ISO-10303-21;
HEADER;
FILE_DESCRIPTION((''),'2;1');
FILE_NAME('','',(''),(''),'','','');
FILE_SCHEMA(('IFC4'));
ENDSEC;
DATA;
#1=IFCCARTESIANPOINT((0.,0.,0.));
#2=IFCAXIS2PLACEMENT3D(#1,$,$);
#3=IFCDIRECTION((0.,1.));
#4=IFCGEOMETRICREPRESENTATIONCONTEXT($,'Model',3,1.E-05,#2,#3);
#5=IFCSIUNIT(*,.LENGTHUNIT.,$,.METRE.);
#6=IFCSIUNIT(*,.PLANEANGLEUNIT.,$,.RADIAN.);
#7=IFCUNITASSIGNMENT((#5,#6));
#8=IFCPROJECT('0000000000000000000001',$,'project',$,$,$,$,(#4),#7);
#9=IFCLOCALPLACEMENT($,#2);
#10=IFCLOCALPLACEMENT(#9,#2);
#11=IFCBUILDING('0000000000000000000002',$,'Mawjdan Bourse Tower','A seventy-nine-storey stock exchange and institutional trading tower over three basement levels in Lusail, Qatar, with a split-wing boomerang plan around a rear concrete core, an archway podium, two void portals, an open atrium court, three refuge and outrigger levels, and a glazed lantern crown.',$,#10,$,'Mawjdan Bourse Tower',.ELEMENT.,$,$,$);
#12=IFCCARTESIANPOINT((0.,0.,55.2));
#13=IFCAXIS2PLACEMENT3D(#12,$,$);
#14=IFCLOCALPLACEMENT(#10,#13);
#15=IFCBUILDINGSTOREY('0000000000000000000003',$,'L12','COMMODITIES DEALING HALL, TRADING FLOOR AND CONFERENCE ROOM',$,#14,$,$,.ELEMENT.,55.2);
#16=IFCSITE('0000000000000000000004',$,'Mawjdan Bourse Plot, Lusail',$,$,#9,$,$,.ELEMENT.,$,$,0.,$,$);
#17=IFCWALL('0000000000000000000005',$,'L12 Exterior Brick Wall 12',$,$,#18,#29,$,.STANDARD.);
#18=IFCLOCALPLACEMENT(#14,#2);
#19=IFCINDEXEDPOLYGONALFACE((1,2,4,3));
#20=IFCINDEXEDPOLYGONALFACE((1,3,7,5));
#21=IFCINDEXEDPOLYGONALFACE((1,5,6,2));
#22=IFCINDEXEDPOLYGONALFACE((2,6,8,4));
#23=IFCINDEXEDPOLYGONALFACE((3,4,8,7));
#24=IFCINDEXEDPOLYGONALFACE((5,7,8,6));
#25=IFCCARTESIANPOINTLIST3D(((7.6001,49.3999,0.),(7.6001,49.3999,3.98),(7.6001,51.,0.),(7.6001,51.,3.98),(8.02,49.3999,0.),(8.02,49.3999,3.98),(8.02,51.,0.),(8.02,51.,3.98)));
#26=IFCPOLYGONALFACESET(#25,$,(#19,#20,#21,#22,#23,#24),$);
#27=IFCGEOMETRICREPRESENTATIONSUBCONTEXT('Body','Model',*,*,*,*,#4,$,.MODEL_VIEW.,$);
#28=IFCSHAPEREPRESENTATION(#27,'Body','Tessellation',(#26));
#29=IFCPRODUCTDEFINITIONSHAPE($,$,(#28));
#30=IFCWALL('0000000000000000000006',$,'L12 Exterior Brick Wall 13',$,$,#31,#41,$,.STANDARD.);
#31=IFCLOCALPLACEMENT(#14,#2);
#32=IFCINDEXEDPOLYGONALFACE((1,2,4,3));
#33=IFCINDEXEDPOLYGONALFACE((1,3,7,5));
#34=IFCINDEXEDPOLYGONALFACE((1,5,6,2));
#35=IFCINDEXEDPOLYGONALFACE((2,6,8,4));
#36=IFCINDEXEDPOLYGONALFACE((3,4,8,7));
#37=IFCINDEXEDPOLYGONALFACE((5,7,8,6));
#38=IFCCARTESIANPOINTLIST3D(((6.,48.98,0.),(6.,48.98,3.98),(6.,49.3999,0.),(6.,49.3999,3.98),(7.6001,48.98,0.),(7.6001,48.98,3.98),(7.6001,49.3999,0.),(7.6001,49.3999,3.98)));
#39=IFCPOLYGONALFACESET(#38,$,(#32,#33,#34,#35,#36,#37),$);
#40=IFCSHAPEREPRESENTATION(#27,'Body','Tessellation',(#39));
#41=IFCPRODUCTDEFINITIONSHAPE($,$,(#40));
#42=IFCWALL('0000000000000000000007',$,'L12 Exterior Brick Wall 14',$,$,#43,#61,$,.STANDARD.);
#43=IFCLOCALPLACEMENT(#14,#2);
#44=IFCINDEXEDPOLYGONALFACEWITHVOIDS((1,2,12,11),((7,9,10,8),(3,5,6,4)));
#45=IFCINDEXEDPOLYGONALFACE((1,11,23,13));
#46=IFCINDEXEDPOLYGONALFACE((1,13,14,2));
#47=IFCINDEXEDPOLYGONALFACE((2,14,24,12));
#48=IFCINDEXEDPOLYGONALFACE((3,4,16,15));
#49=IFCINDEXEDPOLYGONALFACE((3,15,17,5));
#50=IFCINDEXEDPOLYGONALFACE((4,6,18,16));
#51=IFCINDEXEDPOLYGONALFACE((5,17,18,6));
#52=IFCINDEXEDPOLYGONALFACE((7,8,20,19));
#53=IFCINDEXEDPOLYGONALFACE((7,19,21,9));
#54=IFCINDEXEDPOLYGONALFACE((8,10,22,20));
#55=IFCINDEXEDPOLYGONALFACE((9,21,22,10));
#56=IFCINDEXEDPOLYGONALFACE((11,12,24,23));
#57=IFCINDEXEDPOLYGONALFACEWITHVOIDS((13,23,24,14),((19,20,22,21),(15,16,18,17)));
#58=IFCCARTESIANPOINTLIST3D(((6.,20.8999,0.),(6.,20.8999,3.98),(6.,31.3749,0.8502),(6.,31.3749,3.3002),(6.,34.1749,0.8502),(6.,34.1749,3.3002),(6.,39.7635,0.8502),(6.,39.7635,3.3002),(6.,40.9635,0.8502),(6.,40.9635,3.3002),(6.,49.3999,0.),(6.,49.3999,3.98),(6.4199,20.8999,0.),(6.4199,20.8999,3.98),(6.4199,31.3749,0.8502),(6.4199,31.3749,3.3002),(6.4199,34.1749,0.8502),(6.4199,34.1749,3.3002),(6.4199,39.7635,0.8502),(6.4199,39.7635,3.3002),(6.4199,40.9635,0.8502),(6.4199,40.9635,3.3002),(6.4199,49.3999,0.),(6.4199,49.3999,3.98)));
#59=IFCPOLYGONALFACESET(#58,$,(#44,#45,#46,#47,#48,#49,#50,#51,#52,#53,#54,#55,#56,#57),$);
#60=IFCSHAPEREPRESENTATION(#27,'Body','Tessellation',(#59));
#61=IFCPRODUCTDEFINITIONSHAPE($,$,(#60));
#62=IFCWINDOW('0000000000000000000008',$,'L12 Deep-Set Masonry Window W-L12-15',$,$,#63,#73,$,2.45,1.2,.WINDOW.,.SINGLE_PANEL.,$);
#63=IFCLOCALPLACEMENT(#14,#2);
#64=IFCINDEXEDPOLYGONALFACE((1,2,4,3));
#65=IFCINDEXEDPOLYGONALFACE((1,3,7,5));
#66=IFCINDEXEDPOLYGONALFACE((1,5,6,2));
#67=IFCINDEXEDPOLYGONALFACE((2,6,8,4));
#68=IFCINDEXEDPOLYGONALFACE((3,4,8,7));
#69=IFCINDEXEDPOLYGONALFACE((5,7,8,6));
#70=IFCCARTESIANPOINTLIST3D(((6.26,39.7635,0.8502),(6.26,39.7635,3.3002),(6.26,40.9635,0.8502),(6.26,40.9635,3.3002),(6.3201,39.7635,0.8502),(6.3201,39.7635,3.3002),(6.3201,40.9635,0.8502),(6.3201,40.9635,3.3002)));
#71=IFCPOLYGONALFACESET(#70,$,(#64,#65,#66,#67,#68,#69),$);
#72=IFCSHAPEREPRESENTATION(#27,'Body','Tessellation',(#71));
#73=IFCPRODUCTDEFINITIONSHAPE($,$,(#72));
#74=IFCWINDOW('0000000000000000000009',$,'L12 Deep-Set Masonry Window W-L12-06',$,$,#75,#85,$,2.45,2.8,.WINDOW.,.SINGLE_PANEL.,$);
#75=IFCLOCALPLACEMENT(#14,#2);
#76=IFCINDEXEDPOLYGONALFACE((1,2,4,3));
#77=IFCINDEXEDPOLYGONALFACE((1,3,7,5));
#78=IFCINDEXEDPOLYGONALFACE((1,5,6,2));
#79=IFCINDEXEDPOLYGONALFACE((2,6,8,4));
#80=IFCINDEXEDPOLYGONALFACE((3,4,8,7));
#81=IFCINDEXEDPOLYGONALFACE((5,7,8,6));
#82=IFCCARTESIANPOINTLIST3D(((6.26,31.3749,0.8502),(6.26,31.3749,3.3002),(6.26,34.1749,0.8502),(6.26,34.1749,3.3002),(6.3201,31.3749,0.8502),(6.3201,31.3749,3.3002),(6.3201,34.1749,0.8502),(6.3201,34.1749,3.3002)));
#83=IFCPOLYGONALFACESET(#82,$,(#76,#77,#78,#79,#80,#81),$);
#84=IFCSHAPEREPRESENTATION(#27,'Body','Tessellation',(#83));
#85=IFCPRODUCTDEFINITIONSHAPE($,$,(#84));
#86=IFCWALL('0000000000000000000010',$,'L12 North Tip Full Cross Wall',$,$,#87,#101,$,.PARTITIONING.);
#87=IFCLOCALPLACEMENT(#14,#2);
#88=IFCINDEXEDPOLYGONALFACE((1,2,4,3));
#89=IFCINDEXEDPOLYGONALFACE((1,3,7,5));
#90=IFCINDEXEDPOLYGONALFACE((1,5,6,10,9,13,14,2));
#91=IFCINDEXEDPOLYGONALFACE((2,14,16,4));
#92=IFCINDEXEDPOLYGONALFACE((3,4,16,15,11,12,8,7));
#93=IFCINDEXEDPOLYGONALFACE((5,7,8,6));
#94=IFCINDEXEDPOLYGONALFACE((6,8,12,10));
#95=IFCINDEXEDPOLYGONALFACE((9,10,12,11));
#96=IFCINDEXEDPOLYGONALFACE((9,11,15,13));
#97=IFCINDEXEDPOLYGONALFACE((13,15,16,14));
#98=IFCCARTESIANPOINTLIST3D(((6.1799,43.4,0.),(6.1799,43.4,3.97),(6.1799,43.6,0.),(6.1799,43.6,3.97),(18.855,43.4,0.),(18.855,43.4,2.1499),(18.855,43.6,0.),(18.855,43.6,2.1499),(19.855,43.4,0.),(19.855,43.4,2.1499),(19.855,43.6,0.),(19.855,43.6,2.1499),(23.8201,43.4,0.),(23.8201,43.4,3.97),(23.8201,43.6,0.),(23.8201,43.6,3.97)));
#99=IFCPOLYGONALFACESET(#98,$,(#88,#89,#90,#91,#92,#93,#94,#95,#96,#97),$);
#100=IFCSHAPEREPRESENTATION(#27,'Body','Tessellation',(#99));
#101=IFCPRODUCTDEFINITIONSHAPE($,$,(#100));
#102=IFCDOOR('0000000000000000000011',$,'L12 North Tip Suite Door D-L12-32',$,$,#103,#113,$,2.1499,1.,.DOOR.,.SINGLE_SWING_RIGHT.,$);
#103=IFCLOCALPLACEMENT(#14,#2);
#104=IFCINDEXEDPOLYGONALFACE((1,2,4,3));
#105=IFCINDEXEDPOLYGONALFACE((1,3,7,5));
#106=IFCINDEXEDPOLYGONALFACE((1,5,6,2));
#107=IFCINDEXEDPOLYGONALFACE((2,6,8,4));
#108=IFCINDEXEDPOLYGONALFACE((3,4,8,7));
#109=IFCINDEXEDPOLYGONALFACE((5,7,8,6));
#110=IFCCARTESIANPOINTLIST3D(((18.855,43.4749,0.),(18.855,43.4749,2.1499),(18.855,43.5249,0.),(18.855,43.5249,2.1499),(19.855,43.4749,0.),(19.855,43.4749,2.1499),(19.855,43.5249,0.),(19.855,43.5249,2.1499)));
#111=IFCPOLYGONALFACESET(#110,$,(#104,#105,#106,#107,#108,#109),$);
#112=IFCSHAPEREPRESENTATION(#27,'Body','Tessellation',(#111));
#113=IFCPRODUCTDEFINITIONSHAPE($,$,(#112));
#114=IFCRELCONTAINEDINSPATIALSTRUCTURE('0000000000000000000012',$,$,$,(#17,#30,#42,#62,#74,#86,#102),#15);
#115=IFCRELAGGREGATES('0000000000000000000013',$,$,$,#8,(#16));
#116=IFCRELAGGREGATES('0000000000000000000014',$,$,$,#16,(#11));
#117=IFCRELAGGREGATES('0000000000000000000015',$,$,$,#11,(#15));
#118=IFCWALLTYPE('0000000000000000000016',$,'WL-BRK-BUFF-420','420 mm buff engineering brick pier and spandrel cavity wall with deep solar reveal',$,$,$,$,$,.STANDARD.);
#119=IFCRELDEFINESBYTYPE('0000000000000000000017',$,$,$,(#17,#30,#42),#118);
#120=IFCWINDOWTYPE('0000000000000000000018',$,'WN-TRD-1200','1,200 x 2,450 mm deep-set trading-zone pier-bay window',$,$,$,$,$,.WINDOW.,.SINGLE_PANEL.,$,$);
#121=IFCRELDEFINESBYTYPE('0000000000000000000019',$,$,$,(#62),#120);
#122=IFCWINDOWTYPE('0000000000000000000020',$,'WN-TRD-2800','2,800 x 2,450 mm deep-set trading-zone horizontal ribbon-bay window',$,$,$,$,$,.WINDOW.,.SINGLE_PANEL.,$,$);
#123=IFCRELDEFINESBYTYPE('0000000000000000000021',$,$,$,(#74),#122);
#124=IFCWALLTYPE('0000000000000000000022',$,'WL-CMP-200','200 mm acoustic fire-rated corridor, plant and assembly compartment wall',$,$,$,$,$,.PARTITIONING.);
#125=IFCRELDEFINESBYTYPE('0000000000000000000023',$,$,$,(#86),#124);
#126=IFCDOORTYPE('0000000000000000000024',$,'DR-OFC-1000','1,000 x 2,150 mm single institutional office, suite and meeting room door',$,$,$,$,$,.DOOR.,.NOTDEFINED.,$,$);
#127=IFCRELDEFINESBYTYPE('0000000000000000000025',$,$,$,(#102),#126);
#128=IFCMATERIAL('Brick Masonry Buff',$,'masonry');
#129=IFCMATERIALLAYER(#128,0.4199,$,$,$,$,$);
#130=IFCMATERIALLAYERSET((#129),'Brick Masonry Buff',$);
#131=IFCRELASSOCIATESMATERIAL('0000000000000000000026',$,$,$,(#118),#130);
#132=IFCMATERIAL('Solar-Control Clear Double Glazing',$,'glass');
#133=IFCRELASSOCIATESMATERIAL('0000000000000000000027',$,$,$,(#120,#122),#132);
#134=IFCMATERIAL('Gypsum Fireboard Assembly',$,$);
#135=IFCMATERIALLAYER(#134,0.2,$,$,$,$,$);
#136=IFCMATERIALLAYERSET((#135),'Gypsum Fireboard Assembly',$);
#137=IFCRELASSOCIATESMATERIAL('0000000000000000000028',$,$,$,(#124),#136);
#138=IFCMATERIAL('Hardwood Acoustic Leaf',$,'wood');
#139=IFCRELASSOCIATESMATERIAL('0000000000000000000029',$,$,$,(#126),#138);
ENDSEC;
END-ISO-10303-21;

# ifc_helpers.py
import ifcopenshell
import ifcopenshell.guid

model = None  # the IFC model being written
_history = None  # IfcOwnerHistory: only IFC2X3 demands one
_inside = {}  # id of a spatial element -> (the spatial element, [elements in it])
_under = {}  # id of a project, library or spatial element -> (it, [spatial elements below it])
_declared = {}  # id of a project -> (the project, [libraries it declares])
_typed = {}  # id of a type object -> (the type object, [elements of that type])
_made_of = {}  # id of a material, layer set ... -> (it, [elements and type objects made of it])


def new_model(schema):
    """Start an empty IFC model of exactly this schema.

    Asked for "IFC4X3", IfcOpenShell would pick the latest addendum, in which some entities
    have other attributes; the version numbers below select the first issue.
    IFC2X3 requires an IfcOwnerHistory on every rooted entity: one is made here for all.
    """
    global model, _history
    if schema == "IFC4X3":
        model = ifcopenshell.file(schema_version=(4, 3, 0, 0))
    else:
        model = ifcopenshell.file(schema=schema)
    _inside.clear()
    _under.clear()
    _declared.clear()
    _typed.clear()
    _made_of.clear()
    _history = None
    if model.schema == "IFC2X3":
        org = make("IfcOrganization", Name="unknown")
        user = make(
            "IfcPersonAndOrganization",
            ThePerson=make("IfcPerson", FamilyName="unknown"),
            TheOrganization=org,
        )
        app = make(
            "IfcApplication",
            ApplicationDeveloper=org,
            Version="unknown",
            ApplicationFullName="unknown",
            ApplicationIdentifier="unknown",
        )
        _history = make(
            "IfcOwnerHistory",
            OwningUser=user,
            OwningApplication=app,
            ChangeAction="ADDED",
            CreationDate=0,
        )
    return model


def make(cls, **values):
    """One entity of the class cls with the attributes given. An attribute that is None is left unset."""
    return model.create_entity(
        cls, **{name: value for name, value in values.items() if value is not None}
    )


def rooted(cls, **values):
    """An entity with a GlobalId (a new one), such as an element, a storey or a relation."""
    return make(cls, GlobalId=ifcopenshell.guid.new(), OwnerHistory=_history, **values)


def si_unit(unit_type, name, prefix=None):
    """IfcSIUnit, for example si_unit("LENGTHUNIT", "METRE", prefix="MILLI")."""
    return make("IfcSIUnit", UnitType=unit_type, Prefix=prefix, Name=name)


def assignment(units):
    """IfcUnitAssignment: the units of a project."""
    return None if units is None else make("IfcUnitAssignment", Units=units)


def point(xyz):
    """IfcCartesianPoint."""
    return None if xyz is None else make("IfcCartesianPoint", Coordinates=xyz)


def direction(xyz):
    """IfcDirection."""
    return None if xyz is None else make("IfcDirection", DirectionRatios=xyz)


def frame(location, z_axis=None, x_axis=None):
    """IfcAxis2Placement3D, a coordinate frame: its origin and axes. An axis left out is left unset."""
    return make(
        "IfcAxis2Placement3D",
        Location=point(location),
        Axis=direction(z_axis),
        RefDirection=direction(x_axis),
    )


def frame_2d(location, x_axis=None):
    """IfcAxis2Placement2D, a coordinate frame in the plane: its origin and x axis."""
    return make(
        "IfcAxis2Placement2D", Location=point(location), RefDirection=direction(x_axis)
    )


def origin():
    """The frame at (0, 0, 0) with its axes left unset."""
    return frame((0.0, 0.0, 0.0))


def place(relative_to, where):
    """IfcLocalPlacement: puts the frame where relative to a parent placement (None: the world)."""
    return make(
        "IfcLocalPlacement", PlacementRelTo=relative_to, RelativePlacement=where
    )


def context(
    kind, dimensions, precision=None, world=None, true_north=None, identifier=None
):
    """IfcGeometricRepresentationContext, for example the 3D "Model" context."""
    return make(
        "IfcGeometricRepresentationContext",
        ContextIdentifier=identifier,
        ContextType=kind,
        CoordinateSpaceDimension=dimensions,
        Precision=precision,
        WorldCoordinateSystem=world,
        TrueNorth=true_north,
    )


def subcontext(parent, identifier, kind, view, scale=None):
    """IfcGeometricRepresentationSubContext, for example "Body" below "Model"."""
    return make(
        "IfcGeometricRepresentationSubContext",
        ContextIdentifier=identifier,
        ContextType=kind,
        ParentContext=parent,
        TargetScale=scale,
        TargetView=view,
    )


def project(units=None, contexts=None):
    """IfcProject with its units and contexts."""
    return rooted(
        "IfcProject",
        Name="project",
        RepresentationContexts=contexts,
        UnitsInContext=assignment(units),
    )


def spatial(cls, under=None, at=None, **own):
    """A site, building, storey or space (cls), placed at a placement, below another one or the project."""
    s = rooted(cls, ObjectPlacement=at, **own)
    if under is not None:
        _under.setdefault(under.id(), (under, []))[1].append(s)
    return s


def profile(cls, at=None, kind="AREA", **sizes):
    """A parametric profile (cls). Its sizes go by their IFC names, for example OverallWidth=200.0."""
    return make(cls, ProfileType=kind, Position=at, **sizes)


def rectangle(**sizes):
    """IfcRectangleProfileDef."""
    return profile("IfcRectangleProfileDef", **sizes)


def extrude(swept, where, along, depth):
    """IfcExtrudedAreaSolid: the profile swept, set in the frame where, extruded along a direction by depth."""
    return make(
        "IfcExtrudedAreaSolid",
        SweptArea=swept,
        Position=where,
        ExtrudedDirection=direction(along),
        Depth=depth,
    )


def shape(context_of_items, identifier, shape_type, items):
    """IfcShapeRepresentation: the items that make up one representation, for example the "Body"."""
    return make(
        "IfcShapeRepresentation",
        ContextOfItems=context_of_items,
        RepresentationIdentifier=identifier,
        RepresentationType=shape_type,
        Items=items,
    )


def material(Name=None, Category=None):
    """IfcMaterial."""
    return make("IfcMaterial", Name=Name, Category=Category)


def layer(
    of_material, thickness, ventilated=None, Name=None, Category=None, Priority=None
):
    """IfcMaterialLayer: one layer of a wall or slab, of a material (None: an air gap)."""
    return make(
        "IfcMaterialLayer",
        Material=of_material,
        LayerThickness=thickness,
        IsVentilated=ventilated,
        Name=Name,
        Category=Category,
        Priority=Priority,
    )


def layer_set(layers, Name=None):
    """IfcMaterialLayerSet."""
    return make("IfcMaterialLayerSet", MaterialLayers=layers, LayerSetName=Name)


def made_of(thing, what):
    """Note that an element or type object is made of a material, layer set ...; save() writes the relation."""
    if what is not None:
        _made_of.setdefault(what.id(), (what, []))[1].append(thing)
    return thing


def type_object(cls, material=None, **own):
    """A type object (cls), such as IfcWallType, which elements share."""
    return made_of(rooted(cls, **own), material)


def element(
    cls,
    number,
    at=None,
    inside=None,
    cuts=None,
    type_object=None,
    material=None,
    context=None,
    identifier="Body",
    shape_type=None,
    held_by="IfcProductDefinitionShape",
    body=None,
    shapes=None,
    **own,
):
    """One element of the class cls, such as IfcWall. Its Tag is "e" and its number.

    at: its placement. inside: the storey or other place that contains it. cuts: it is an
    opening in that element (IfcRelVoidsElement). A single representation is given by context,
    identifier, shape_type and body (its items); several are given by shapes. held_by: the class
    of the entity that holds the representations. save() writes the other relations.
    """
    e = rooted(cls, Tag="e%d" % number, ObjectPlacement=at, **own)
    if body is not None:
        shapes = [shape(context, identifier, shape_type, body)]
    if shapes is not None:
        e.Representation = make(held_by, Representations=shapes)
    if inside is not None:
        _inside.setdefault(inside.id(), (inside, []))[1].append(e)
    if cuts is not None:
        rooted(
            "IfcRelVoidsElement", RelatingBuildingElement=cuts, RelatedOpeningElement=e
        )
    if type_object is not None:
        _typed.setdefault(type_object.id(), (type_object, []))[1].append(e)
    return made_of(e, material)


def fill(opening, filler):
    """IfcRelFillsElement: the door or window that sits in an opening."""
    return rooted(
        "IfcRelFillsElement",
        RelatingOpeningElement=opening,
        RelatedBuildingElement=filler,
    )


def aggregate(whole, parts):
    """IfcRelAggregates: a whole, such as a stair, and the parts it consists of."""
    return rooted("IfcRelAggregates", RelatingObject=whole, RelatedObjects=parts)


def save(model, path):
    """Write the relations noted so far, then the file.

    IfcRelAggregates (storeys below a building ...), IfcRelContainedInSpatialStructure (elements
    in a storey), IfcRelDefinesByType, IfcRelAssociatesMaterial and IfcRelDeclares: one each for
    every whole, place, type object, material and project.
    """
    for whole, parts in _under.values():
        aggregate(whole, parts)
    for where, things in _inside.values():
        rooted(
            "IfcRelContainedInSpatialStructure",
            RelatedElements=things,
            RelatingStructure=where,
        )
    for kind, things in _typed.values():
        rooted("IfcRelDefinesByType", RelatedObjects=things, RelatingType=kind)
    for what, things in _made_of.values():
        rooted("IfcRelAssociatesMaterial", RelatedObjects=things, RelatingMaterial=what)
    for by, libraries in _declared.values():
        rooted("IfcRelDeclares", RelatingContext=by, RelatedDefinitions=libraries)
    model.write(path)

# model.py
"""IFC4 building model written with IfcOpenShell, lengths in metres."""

from ifc_helpers import new_model, si_unit, direction, frame, frame_2d, origin, place, context, subcontext, project, spatial, rectangle, extrude, material, layer, layer_set, type_object, element, fill, save


model = new_model("IFC4")

# Units and contexts
model_context = context("Model", 3, precision=1e-05, world=origin(), true_north=direction((0.0, 1.0)))
body_context = subcontext(model_context, "Body", "Model", "MODEL_VIEW")
ifc_project = project(units=[si_unit("LENGTHUNIT", "METRE"), si_unit("PLANEANGLEUNIT", "RADIAN")], contexts=[model_context])

# Site, building, storey
site_placement = place(None, origin())
site = spatial("IfcSite", under=ifc_project, at=site_placement, Name="Mawjdan Bourse Plot, Lusail", CompositionType="ELEMENT", RefElevation=0.0)
building_placement = place(site_placement, origin())
building = spatial("IfcBuilding", under=site, at=building_placement, Name="Mawjdan Bourse Tower", Description="A seventy-nine-storey stock exchange and institutional trading tower over three basement levels in Lusail, Qatar, with a split-wing boomerang plan around a rear concrete core, an archway podium, two void portals, an open atrium court, three refuge and outrigger levels, and a glazed lantern crown.", LongName="Mawjdan Bourse Tower", CompositionType="ELEMENT")
storey_placement = place(building_placement, frame((0.0, 0.0, 55.2)))
storey = spatial("IfcBuildingStorey", under=building, at=storey_placement, Name="L12", Description="COMMODITIES DEALING HALL, TRADING FLOOR AND CONFERENCE ROOM", CompositionType="ELEMENT", Elevation=55.2)

# Walls
ifc_material_1 = material(Name="Brick Masonry Buff", Category="masonry")
ifc_layer_1 = layer(ifc_material_1, 0.4199)
ifc_layer_set_1 = layer_set([ifc_layer_1], Name="Brick Masonry Buff")
wall_type_1 = type_object("IfcWallType", Name="WL-BRK-BUFF-420", Description="420 mm buff engineering brick pier and spandrel cavity wall with deep solar reveal", PredefinedType="STANDARD", material=ifc_layer_set_1)
for number, where, z_axis, x_axis, name in (
    (1, (7.8101, 51.0, 0.0), (0.0, 0.0, 1.0), (0.0, -1.0, 0.0), "L12 Exterior Brick Wall 12"),
    (2, (7.6001, 49.1899, 0.0), (0.0, 0.0, 1.0), (-1.0, 0.0, 0.0), "L12 Exterior Brick Wall 13"),
):
    element("IfcWall", number, at=place(storey_placement, frame(where, z_axis=z_axis, x_axis=x_axis)), inside=storey, type_object=wall_type_1, Name=name, PredefinedType="STANDARD", context=body_context, shape_type="SweptSolid", body=[
        extrude(rectangle(XDim=1.6001, YDim=0.4199, at=frame_2d((0.8, 0.0))), origin(), (0.0, 0.0, 1.0), 3.98),
    ])

# Wall, openings, windows
wall_1_placement = place(storey_placement, frame((6.21, 49.3999, 0.0), z_axis=(0.0, 0.0, 1.0), x_axis=(0.0, -1.0, 0.0)))
wall_1 = element("IfcWall", 3, at=wall_1_placement, inside=storey, type_object=wall_type_1, Name="L12 Exterior Brick Wall 14", PredefinedType="STANDARD", context=body_context, shape_type="SweptSolid", body=[
    extrude(rectangle(XDim=28.5, YDim=0.4199, at=frame_2d((14.25, 0.0))), origin(), (0.0, 0.0, 1.0), 3.98),
])
opening_1_placement = place(wall_1_placement, frame((15.2251, 0.0, 0.8501)))
opening_1 = element("IfcOpeningElement", 4, at=opening_1_placement, cuts=wall_1, PredefinedType="OPENING", context=body_context, shape_type="SweptSolid", body=[
    extrude(rectangle(XDim=2.8, YDim=2.45, at=frame_2d((1.3999, 1.2251))), frame((0.0, 0.22, 0.0), z_axis=(0.0, -1.0, 0.0), x_axis=(1.0, 0.0, 0.0)), (0.0, 0.0, 1.0), 0.4399),
])
opening_2_placement = place(wall_1_placement, frame((8.4363, 0.0, 0.8501)))
opening_2 = element("IfcOpeningElement", 5, at=opening_2_placement, cuts=wall_1, PredefinedType="OPENING", context=body_context, shape_type="SweptSolid", body=[
    extrude(rectangle(XDim=1.2, YDim=2.45, at=frame_2d((0.6001, 1.2251))), frame((0.0, 0.22, 0.0), z_axis=(0.0, -1.0, 0.0), x_axis=(1.0, 0.0, 0.0)), (0.0, 0.0, 1.0), 0.4399),
])
ifc_material_2 = material(Name="Solar-Control Clear Double Glazing", Category="glass")
window_type_1 = type_object("IfcWindowType", Name="WN-TRD-1200", Description="1,200 x 2,450 mm deep-set trading-zone pier-bay window", PartitioningType="SINGLE_PANEL", PredefinedType="WINDOW", material=ifc_material_2)
window_1_placement = place(opening_2_placement, origin())
window_1 = element("IfcWindow", 6, at=window_1_placement, inside=storey, type_object=window_type_1, Name="L12 Deep-Set Masonry Window W-L12-15", OverallHeight=2.45, OverallWidth=1.2, PartitioningType="SINGLE_PANEL", PredefinedType="WINDOW", context=body_context, shape_type="SweptSolid", body=[
    extrude(rectangle(XDim=1.2, YDim=2.45, at=frame_2d((0.6001, 1.2251))), frame((0.0, 0.1101, 0.0), z_axis=(0.0, -1.0, 0.0), x_axis=(1.0, 0.0, 0.0)), (0.0, 0.0, 1.0), 0.0601),
])
fill(opening_2, window_1)
window_type_2 = type_object("IfcWindowType", Name="WN-TRD-2800", Description="2,800 x 2,450 mm deep-set trading-zone horizontal ribbon-bay window", PartitioningType="SINGLE_PANEL", PredefinedType="WINDOW", material=ifc_material_2)
window_2_placement = place(opening_1_placement, origin())
window_2 = element("IfcWindow", 7, at=window_2_placement, inside=storey, type_object=window_type_2, Name="L12 Deep-Set Masonry Window W-L12-06", OverallHeight=2.45, OverallWidth=2.8, PartitioningType="SINGLE_PANEL", PredefinedType="WINDOW", context=body_context, shape_type="SweptSolid", body=[
    extrude(rectangle(XDim=2.8, YDim=2.45, at=frame_2d((1.3999, 1.2251))), frame((0.0, 0.1101, 0.0), z_axis=(0.0, -1.0, 0.0), x_axis=(1.0, 0.0, 0.0)), (0.0, 0.0, 1.0), 0.0601),
])
fill(opening_1, window_2)

# Wall, opening, door
ifc_material_3 = material(Name="Gypsum Fireboard Assembly")
ifc_layer_2 = layer(ifc_material_3, 0.2)
ifc_layer_set_2 = layer_set([ifc_layer_2], Name="Gypsum Fireboard Assembly")
wall_type_2 = type_object("IfcWallType", Name="WL-CMP-200", Description="200 mm acoustic fire-rated corridor, plant and assembly compartment wall", PredefinedType="PARTITIONING", material=ifc_layer_set_2)
wall_2_placement = place(storey_placement, frame((6.1799, 43.5, 0.0), z_axis=(0.0, 0.0, 1.0), x_axis=(1.0, 0.0, 0.0)))
wall_2 = element("IfcWall", 8, at=wall_2_placement, inside=storey, type_object=wall_type_2, Name="L12 North Tip Full Cross Wall", PredefinedType="PARTITIONING", context=body_context, shape_type="SweptSolid", body=[
    extrude(rectangle(XDim=17.6401, YDim=0.2, at=frame_2d((8.8201, 0.0))), origin(), (0.0, 0.0, 1.0), 3.97),
])
opening_3_placement = place(wall_2_placement, frame((12.675, 0.0, 0.0)))
opening_3 = element("IfcOpeningElement", 9, at=opening_3_placement, cuts=wall_2, PredefinedType="OPENING", context=body_context, shape_type="SweptSolid", body=[
    extrude(rectangle(XDim=1.0, YDim=2.1499, at=frame_2d((0.5, 1.075))), frame((0.0, 0.1099, 0.0), z_axis=(0.0, -1.0, 0.0), x_axis=(1.0, 0.0, 0.0)), (0.0, 0.0, 1.0), 0.22),
])
ifc_material_4 = material(Name="Hardwood Acoustic Leaf", Category="wood")
door_type = type_object("IfcDoorType", Name="DR-OFC-1000", Description="1,000 x 2,150 mm single institutional office, suite and meeting room door", OperationType="NOTDEFINED", PredefinedType="DOOR", material=ifc_material_4)
door_placement = place(opening_3_placement, origin())
door = element("IfcDoor", 10, at=door_placement, inside=storey, type_object=door_type, Name="L12 North Tip Suite Door D-L12-32", OperationType="SINGLE_SWING_RIGHT", OverallHeight=2.1499, OverallWidth=1.0, PredefinedType="DOOR", context=body_context, shape_type="SweptSolid", body=[
    extrude(rectangle(XDim=1.0, YDim=2.1499, at=frame_2d((0.5, 1.075))), frame((0.0, 0.0249, 0.0), z_axis=(0.0, -1.0, 0.0), x_axis=(1.0, 0.0, 0.0)), (0.0, 0.0, 1.0), 0.05),
])
fill(opening_3, door)

save(model, "model.ifc")
